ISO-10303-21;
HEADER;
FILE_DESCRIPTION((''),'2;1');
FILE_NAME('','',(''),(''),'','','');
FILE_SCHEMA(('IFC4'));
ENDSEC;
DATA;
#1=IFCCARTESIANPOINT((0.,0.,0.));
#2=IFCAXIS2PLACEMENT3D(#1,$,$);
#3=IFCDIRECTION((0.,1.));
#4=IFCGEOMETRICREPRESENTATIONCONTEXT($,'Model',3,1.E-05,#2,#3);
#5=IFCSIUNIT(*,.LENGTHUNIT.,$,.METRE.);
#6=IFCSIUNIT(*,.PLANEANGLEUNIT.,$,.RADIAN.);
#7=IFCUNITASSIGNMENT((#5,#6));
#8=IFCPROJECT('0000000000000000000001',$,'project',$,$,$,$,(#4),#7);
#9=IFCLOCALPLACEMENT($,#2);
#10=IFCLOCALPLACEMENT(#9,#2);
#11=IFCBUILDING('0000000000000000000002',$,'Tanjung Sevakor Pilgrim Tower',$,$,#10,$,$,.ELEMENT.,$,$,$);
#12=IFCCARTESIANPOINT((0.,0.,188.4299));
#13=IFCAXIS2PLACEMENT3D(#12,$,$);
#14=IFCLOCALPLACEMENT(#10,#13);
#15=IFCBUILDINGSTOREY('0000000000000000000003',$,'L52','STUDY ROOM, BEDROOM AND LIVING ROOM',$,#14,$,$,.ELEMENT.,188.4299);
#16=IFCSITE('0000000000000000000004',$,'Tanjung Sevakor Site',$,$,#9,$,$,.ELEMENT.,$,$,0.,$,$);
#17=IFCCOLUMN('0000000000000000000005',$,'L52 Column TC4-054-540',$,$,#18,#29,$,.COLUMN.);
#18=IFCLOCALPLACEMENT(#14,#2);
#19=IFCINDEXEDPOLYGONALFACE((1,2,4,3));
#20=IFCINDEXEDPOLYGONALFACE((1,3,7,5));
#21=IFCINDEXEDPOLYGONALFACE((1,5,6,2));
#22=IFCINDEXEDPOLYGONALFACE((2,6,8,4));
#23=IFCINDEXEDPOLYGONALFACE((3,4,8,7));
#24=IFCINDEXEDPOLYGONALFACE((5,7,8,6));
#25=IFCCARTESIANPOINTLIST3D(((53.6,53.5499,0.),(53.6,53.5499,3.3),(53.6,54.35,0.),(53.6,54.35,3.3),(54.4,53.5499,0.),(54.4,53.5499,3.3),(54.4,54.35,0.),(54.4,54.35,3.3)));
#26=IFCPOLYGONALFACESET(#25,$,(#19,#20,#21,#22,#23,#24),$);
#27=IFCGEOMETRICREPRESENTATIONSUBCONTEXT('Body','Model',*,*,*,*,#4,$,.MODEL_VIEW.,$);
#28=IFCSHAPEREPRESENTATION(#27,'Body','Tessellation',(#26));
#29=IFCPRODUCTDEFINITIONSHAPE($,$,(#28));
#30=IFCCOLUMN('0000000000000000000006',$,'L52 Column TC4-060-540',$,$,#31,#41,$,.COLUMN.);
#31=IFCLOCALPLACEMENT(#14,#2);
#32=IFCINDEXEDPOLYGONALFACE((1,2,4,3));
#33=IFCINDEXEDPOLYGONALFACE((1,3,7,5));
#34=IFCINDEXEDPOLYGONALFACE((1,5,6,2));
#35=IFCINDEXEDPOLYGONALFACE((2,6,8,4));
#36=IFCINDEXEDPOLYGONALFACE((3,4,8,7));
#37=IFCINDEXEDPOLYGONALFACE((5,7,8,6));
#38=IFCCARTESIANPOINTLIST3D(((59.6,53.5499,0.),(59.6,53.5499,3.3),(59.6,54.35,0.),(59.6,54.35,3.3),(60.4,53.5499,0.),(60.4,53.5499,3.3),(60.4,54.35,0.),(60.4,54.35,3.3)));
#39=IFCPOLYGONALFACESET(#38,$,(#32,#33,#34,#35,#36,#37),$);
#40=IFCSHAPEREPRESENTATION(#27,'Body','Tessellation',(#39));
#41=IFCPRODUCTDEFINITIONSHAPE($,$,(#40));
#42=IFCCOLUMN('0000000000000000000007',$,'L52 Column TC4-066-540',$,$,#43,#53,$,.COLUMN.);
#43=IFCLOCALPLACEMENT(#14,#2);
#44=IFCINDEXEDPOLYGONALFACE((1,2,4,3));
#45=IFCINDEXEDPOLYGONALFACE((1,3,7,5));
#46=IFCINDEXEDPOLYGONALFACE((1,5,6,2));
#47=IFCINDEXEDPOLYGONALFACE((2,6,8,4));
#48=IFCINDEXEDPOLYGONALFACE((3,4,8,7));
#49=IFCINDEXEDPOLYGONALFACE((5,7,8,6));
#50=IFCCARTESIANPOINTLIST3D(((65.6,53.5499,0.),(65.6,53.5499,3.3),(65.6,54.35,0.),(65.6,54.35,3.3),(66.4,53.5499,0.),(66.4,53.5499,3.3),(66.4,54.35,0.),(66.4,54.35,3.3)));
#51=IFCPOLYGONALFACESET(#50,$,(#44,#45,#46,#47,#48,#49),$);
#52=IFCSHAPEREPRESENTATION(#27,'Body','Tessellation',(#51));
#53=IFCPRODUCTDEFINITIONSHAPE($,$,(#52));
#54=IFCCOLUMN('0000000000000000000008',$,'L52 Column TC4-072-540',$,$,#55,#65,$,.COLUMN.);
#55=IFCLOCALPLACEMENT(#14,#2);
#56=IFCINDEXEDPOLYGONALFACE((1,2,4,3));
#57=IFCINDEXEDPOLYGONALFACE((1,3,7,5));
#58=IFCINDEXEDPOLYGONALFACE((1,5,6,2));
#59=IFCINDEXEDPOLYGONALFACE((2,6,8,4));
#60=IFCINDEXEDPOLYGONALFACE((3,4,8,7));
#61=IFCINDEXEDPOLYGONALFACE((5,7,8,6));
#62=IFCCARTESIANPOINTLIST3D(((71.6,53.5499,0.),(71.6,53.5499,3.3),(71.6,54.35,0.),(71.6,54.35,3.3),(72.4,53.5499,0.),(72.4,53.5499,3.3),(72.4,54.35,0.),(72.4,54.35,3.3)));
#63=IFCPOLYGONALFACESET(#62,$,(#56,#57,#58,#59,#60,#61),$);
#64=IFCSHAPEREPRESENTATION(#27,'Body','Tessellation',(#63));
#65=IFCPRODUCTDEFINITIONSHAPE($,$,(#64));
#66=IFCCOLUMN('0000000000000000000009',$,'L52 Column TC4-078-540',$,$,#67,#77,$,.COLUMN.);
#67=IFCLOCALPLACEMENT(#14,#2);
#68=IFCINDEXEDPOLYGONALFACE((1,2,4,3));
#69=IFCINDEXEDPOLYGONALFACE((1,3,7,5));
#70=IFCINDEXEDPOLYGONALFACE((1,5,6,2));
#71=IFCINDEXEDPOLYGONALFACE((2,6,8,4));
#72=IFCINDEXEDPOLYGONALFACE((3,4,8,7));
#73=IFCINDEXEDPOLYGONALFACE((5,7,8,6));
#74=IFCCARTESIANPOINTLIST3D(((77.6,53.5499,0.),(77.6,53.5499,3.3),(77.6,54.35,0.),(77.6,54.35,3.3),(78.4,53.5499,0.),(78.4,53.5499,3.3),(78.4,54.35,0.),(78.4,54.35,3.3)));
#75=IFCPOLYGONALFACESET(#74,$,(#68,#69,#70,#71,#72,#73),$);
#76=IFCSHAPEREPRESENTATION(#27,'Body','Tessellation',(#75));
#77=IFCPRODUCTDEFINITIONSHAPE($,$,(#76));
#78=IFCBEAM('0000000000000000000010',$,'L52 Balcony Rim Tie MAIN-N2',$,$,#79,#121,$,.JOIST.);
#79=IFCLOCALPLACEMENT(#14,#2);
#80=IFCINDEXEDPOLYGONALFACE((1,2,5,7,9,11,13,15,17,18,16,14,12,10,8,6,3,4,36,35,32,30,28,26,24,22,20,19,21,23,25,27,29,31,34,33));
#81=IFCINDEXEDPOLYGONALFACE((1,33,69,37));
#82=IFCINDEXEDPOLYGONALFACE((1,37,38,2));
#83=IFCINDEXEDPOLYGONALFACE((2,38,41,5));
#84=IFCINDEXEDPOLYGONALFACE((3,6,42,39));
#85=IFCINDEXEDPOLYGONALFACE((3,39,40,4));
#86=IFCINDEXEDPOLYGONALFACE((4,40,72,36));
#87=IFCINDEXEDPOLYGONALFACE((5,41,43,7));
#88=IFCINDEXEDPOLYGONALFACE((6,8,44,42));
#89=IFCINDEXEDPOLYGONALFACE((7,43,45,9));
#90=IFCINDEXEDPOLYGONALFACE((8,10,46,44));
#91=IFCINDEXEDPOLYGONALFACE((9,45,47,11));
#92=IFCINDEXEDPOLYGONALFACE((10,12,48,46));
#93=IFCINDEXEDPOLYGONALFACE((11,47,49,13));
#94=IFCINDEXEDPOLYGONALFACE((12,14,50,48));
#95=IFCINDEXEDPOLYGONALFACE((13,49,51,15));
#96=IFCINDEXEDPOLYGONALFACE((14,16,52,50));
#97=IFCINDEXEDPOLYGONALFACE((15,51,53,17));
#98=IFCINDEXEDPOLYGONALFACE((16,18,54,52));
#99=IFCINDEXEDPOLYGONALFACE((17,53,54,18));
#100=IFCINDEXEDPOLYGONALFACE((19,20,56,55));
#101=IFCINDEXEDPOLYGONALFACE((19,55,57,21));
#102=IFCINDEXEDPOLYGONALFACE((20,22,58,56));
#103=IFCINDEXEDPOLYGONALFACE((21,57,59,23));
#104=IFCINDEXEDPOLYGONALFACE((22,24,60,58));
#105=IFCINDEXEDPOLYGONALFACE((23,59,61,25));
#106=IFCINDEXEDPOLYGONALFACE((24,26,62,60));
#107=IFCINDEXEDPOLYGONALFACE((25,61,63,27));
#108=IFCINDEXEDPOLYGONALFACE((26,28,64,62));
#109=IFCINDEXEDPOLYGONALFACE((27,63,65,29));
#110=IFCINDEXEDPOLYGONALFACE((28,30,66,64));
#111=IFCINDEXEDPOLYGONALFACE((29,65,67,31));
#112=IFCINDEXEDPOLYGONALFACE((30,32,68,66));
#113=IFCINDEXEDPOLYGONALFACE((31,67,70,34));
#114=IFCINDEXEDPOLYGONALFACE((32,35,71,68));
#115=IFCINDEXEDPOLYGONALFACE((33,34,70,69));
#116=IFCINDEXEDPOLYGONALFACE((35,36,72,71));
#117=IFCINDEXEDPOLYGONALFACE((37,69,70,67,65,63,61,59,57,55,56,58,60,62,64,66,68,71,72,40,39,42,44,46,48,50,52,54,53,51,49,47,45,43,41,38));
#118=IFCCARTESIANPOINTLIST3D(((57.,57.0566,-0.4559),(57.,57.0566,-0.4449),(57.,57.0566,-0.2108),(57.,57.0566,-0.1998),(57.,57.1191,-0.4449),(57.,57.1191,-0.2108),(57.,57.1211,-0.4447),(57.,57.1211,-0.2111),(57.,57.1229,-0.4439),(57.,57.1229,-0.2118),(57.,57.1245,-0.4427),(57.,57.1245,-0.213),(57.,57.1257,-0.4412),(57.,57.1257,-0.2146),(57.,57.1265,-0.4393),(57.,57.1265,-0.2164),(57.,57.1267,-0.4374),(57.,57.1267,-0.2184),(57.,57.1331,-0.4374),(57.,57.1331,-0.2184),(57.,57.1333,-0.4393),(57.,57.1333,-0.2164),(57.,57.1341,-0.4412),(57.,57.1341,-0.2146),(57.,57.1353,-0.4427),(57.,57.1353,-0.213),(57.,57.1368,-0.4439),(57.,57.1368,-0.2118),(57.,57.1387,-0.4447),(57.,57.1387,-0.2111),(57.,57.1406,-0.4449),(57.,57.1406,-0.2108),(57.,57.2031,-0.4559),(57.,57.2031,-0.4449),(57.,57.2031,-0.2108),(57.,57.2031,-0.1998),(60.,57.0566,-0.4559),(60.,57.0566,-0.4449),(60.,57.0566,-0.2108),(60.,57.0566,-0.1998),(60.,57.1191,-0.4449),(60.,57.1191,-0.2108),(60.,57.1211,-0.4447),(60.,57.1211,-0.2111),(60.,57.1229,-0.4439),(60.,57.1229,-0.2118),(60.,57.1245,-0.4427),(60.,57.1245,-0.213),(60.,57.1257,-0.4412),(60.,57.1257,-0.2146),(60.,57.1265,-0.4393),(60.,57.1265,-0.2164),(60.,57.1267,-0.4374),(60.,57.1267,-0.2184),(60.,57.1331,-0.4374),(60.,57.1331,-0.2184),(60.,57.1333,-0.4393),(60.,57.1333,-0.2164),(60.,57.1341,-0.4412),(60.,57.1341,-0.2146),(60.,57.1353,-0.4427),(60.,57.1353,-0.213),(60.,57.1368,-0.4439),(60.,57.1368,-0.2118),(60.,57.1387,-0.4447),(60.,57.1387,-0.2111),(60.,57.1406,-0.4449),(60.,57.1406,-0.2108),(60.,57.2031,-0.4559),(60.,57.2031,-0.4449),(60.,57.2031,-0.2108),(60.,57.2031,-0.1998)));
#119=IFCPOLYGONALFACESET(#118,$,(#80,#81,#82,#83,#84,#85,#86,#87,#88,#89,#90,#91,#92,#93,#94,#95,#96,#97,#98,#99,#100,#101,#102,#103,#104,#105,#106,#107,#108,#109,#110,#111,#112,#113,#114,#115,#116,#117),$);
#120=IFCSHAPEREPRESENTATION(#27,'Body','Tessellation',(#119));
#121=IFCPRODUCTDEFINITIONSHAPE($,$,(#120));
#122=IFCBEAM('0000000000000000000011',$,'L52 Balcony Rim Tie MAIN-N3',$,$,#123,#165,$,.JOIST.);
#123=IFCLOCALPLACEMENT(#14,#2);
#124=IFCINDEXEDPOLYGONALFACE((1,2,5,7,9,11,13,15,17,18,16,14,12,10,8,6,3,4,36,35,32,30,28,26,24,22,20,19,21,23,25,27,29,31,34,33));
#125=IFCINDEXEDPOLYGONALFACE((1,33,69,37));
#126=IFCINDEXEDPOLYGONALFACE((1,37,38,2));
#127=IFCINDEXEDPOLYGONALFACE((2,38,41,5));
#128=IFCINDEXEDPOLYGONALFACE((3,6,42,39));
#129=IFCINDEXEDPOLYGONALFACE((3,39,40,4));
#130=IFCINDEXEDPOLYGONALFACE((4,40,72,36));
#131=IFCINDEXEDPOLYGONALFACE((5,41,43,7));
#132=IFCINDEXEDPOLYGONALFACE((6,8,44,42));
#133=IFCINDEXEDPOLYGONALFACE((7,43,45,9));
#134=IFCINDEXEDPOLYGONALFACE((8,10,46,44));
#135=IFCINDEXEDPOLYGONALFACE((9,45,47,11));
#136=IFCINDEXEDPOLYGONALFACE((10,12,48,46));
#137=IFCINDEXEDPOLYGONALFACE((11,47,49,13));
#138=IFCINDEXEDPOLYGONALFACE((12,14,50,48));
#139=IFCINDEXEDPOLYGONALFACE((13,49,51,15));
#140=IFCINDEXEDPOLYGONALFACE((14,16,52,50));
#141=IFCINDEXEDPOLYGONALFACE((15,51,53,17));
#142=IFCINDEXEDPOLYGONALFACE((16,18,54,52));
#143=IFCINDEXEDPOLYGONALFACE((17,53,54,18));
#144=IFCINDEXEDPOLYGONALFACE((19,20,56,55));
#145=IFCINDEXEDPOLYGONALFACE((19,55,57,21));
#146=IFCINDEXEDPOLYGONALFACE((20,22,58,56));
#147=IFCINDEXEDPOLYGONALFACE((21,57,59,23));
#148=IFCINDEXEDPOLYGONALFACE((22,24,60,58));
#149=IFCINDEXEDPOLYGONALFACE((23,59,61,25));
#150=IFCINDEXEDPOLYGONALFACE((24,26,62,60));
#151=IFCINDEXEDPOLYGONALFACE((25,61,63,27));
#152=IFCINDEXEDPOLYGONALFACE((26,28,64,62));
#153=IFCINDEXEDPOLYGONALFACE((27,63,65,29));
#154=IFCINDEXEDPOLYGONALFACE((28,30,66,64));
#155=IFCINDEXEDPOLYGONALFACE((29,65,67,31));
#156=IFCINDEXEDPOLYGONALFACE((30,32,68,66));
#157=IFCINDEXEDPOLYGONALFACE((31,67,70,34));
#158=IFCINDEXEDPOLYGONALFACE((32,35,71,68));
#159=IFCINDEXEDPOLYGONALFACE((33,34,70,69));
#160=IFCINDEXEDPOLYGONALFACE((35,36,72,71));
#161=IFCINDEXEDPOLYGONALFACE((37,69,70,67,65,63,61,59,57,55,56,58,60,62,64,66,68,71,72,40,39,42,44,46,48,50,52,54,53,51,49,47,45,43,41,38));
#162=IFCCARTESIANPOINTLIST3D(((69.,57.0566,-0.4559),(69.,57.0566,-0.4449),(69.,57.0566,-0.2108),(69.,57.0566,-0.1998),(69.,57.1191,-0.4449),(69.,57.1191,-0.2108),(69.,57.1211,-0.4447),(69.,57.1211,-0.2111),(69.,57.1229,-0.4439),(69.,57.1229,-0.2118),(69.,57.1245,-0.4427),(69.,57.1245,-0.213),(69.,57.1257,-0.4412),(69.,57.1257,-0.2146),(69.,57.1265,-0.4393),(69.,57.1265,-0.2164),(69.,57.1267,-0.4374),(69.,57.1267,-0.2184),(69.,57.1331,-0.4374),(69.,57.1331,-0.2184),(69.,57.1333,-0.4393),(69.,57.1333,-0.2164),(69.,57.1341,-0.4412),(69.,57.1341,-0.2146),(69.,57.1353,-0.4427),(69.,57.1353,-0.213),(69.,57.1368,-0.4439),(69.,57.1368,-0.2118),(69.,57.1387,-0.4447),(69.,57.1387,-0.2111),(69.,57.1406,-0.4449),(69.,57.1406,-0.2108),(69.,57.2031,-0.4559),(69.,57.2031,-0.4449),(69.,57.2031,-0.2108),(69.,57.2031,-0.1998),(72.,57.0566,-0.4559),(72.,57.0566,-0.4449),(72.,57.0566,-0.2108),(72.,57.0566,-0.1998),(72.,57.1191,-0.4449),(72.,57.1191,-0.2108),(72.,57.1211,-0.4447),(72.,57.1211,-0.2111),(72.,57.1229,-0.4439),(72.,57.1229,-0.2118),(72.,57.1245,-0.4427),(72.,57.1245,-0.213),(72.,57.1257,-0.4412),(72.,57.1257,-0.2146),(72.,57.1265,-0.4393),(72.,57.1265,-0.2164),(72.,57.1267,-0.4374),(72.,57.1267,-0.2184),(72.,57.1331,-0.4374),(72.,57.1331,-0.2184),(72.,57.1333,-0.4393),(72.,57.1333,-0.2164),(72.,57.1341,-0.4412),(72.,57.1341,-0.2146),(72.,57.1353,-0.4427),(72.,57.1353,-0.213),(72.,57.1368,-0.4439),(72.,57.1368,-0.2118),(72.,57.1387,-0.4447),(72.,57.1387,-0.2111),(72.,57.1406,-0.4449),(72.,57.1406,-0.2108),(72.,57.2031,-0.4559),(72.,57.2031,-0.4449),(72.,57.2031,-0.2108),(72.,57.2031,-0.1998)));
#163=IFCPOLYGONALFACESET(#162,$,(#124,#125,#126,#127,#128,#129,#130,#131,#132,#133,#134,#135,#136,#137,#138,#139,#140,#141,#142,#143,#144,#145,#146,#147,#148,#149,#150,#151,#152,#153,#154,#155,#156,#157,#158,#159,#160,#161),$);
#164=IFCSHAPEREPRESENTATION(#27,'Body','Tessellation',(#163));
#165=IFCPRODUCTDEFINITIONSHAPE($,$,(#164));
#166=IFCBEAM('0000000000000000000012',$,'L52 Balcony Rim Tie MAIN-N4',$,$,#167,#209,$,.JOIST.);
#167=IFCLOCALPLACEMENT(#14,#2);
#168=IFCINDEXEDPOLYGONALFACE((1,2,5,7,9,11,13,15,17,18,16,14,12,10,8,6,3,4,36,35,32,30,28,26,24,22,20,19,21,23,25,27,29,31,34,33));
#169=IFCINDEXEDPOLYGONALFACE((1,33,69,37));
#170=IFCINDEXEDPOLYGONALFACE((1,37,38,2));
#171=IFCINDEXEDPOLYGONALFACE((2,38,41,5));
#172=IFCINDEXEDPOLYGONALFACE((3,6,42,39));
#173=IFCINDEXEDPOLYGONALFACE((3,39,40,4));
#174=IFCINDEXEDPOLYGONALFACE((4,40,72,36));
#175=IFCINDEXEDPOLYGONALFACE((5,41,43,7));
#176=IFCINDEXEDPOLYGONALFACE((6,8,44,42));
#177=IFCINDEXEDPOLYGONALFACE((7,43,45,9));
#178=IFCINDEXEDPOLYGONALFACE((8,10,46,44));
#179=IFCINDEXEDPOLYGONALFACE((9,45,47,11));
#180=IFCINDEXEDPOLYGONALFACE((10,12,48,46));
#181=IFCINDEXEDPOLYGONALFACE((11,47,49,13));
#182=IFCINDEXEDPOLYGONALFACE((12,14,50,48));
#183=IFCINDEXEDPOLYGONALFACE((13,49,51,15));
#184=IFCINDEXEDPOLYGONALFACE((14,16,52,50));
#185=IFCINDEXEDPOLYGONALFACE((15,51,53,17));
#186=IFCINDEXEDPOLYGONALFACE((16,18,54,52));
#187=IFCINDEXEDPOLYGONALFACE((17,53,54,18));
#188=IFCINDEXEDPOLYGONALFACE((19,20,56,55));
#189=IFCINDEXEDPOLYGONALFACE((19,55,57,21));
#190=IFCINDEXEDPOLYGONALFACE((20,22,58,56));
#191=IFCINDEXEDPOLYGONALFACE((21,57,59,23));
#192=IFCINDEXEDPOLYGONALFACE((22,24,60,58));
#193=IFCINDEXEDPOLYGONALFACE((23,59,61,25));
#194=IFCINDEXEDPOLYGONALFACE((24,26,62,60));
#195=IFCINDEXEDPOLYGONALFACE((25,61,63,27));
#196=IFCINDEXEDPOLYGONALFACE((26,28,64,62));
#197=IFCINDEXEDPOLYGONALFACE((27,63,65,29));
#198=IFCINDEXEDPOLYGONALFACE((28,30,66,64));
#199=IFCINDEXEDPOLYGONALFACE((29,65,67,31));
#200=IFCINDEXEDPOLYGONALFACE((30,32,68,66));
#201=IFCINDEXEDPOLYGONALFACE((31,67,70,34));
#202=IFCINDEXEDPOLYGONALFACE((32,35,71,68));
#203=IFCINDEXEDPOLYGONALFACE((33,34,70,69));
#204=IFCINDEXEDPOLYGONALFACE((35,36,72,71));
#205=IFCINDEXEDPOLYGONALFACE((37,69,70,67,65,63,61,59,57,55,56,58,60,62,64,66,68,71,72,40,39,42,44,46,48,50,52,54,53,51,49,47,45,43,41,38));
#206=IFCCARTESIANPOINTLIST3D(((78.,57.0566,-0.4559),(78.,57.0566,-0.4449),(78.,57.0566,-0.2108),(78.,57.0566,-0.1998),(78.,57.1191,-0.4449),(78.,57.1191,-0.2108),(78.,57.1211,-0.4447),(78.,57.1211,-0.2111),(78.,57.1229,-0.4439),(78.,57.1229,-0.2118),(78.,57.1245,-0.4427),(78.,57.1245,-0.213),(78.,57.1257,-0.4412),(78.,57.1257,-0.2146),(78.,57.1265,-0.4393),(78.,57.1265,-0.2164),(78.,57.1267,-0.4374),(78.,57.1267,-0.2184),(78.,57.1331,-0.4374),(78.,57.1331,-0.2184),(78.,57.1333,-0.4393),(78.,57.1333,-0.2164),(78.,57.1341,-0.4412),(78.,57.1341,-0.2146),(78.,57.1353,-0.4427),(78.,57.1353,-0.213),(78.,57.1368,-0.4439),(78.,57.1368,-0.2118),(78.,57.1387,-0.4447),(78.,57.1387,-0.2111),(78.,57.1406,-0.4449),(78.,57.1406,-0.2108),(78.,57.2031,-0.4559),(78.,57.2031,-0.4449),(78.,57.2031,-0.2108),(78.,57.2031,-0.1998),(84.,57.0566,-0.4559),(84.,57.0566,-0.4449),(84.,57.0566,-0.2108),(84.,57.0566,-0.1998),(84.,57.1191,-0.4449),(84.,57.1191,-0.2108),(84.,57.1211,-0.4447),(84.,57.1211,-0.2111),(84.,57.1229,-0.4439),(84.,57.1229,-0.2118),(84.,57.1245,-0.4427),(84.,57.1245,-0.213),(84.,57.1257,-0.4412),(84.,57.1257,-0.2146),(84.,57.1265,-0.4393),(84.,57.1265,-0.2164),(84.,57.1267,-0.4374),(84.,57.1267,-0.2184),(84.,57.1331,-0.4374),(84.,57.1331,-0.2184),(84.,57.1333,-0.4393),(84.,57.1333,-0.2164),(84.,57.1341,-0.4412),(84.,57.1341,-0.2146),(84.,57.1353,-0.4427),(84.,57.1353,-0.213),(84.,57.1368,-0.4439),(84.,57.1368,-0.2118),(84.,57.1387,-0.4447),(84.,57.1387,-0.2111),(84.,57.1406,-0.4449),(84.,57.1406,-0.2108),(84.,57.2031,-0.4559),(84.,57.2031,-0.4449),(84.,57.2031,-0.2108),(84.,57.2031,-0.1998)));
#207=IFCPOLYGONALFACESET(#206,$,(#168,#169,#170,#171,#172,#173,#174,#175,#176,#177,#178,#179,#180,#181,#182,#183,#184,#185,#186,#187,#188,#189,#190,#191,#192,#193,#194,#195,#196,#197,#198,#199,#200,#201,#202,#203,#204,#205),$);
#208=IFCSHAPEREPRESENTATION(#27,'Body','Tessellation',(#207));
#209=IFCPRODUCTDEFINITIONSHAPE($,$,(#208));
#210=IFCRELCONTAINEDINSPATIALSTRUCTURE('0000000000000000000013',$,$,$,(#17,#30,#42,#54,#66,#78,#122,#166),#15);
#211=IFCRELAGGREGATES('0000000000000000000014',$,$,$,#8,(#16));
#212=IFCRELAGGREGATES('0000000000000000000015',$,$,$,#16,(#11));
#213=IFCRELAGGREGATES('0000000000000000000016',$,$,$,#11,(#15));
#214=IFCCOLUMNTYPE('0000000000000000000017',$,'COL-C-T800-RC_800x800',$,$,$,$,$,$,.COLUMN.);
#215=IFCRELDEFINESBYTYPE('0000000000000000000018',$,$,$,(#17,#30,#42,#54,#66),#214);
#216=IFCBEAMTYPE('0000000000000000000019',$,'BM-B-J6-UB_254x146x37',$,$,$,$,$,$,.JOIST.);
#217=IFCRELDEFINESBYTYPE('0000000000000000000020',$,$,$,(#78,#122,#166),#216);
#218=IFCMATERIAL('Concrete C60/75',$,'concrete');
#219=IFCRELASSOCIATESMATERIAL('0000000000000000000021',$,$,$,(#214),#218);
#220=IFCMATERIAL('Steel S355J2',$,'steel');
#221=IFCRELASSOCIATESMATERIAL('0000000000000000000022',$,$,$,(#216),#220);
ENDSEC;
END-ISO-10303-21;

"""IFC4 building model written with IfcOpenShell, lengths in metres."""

from ifc_helpers import new_model, si_unit, direction, frame, origin, origin_2d, place, context, subcontext, project, spatial, rectangle, i_section, extrude, material, material_profile, profile_set, type_object, element, save


model = new_model("IFC4")

# Units and contexts
model_context = context("Model", 3, precision=1e-05, world=origin(), true_north=direction((0.0, 1.0)))
body_context = subcontext(model_context, "Body", "Model", "MODEL_VIEW")
ifc_project = project(units=[si_unit("LENGTHUNIT", "METRE"), si_unit("PLANEANGLEUNIT", "RADIAN")], contexts=[model_context])

# Site, building, storey
site_placement = place(None, origin())
site = spatial("IfcSite", under=ifc_project, at=site_placement, Name="Tanjung Sevakor Site", CompositionType="ELEMENT", RefElevation=0.0)
building_placement = place(site_placement, origin())
building = spatial("IfcBuilding", under=site, at=building_placement, Name="Tanjung Sevakor Pilgrim Tower", CompositionType="ELEMENT")
storey_placement = place(building_placement, frame((0.0, 0.0, 188.4299)))
storey = spatial("IfcBuildingStorey", under=building, at=storey_placement, Name="L52", Description="STUDY ROOM, BEDROOM AND LIVING ROOM", CompositionType="ELEMENT", Elevation=188.4299)

# Columns
ifc_material_1 = material(Name="Concrete C60/75", Category="concrete")
ifc_material_profile_1 = material_profile(ifc_material_1, rectangle(XDim=0.8, YDim=0.8, at=origin_2d()))
ifc_profile_set_1 = profile_set([ifc_material_profile_1], Name="Concrete C60/75")
column_type = type_object("IfcColumnType", Name="COL-C-T800-RC_800x800", PredefinedType="COLUMN", material=ifc_profile_set_1)
for number, where, z_axis, x_axis, name in (
    (1, (54.0, 53.95, 0.0), (0.0, 0.0, 1.0), (1.0, 0.0, 0.0), "L52 Column TC4-054-540"),
    (2, (60.0, 53.95, 0.0), (0.0, 0.0, 1.0), (1.0, 0.0, 0.0), "L52 Column TC4-060-540"),
    (3, (66.0, 53.95, 0.0), (0.0, 0.0, 1.0), (1.0, 0.0, 0.0), "L52 Column TC4-066-540"),
    (4, (72.0, 53.95, 0.0), (0.0, 0.0, 1.0), (1.0, 0.0, 0.0), "L52 Column TC4-072-540"),
    (5, (78.0, 53.95, 0.0), (0.0, 0.0, 1.0), (1.0, 0.0, 0.0), "L52 Column TC4-078-540"),
):
    element("IfcColumn", number, at=place(storey_placement, frame(where, z_axis=z_axis, x_axis=x_axis)), inside=storey, type_object=column_type, Name=name, PredefinedType="COLUMN", context=body_context, shape_type="SweptSolid", body=[
        extrude(rectangle(XDim=0.8, YDim=0.8, at=origin_2d()), origin(), (0.0, 0.0, 1.0), 3.3),
    ])

# Beams
ifc_material_2 = material(Name="Steel S355J2", Category="steel")
ifc_material_profile_2 = material_profile(ifc_material_2, i_section(OverallWidth=0.1465, OverallDepth=0.2561, WebThickness=0.0063, FlangeThickness=0.011, FilletRadius=0.0076, at=origin_2d()))
ifc_profile_set_2 = profile_set([ifc_material_profile_2], Name="Steel S355J2")
beam_type_1 = type_object("IfcBeamType", Name="BM-B-J6-UB_254x146x37", PredefinedType="JOIST", material=ifc_profile_set_2)
for number, where, z_axis, x_axis, name in (
    (6, (57.0, 57.1299, -0.3279), (1.0, 0.0, 0.0), (0.0, 1.0, 0.0), "L52 Balcony Rim Tie MAIN-N2"),
    (7, (69.0, 57.1299, -0.3279), (1.0, 0.0, 0.0), (0.0, 1.0, 0.0), "L52 Balcony Rim Tie MAIN-N3"),
):
    element("IfcBeam", number, at=place(storey_placement, frame(where, z_axis=z_axis, x_axis=x_axis)), inside=storey, type_object=beam_type_1, Name=name, PredefinedType="JOIST", context=body_context, shape_type="SweptSolid", body=[
        extrude(i_section(OverallWidth=0.1465, OverallDepth=0.2561, WebThickness=0.0063, FlangeThickness=0.011, FilletRadius=0.0076, at=origin_2d()), origin(), (0.0, 0.0, 1.0), 3.0),
    ])
beam_placement = place(storey_placement, frame((78.0, 57.1299, -0.3279), z_axis=(1.0, 0.0, 0.0), x_axis=(0.0, 1.0, 0.0)))
element("IfcBeam", 8, at=beam_placement, inside=storey, type_object=beam_type_1, Name="L52 Balcony Rim Tie MAIN-N4", PredefinedType="JOIST", context=body_context, shape_type="SweptSolid", body=[
    extrude(i_section(OverallWidth=0.1465, OverallDepth=0.2561, WebThickness=0.0063, FlangeThickness=0.011, FilletRadius=0.0076, at=origin_2d()), origin(), (0.0, 0.0, 1.0), 6.0),
])

save(model, "model.ifc")
